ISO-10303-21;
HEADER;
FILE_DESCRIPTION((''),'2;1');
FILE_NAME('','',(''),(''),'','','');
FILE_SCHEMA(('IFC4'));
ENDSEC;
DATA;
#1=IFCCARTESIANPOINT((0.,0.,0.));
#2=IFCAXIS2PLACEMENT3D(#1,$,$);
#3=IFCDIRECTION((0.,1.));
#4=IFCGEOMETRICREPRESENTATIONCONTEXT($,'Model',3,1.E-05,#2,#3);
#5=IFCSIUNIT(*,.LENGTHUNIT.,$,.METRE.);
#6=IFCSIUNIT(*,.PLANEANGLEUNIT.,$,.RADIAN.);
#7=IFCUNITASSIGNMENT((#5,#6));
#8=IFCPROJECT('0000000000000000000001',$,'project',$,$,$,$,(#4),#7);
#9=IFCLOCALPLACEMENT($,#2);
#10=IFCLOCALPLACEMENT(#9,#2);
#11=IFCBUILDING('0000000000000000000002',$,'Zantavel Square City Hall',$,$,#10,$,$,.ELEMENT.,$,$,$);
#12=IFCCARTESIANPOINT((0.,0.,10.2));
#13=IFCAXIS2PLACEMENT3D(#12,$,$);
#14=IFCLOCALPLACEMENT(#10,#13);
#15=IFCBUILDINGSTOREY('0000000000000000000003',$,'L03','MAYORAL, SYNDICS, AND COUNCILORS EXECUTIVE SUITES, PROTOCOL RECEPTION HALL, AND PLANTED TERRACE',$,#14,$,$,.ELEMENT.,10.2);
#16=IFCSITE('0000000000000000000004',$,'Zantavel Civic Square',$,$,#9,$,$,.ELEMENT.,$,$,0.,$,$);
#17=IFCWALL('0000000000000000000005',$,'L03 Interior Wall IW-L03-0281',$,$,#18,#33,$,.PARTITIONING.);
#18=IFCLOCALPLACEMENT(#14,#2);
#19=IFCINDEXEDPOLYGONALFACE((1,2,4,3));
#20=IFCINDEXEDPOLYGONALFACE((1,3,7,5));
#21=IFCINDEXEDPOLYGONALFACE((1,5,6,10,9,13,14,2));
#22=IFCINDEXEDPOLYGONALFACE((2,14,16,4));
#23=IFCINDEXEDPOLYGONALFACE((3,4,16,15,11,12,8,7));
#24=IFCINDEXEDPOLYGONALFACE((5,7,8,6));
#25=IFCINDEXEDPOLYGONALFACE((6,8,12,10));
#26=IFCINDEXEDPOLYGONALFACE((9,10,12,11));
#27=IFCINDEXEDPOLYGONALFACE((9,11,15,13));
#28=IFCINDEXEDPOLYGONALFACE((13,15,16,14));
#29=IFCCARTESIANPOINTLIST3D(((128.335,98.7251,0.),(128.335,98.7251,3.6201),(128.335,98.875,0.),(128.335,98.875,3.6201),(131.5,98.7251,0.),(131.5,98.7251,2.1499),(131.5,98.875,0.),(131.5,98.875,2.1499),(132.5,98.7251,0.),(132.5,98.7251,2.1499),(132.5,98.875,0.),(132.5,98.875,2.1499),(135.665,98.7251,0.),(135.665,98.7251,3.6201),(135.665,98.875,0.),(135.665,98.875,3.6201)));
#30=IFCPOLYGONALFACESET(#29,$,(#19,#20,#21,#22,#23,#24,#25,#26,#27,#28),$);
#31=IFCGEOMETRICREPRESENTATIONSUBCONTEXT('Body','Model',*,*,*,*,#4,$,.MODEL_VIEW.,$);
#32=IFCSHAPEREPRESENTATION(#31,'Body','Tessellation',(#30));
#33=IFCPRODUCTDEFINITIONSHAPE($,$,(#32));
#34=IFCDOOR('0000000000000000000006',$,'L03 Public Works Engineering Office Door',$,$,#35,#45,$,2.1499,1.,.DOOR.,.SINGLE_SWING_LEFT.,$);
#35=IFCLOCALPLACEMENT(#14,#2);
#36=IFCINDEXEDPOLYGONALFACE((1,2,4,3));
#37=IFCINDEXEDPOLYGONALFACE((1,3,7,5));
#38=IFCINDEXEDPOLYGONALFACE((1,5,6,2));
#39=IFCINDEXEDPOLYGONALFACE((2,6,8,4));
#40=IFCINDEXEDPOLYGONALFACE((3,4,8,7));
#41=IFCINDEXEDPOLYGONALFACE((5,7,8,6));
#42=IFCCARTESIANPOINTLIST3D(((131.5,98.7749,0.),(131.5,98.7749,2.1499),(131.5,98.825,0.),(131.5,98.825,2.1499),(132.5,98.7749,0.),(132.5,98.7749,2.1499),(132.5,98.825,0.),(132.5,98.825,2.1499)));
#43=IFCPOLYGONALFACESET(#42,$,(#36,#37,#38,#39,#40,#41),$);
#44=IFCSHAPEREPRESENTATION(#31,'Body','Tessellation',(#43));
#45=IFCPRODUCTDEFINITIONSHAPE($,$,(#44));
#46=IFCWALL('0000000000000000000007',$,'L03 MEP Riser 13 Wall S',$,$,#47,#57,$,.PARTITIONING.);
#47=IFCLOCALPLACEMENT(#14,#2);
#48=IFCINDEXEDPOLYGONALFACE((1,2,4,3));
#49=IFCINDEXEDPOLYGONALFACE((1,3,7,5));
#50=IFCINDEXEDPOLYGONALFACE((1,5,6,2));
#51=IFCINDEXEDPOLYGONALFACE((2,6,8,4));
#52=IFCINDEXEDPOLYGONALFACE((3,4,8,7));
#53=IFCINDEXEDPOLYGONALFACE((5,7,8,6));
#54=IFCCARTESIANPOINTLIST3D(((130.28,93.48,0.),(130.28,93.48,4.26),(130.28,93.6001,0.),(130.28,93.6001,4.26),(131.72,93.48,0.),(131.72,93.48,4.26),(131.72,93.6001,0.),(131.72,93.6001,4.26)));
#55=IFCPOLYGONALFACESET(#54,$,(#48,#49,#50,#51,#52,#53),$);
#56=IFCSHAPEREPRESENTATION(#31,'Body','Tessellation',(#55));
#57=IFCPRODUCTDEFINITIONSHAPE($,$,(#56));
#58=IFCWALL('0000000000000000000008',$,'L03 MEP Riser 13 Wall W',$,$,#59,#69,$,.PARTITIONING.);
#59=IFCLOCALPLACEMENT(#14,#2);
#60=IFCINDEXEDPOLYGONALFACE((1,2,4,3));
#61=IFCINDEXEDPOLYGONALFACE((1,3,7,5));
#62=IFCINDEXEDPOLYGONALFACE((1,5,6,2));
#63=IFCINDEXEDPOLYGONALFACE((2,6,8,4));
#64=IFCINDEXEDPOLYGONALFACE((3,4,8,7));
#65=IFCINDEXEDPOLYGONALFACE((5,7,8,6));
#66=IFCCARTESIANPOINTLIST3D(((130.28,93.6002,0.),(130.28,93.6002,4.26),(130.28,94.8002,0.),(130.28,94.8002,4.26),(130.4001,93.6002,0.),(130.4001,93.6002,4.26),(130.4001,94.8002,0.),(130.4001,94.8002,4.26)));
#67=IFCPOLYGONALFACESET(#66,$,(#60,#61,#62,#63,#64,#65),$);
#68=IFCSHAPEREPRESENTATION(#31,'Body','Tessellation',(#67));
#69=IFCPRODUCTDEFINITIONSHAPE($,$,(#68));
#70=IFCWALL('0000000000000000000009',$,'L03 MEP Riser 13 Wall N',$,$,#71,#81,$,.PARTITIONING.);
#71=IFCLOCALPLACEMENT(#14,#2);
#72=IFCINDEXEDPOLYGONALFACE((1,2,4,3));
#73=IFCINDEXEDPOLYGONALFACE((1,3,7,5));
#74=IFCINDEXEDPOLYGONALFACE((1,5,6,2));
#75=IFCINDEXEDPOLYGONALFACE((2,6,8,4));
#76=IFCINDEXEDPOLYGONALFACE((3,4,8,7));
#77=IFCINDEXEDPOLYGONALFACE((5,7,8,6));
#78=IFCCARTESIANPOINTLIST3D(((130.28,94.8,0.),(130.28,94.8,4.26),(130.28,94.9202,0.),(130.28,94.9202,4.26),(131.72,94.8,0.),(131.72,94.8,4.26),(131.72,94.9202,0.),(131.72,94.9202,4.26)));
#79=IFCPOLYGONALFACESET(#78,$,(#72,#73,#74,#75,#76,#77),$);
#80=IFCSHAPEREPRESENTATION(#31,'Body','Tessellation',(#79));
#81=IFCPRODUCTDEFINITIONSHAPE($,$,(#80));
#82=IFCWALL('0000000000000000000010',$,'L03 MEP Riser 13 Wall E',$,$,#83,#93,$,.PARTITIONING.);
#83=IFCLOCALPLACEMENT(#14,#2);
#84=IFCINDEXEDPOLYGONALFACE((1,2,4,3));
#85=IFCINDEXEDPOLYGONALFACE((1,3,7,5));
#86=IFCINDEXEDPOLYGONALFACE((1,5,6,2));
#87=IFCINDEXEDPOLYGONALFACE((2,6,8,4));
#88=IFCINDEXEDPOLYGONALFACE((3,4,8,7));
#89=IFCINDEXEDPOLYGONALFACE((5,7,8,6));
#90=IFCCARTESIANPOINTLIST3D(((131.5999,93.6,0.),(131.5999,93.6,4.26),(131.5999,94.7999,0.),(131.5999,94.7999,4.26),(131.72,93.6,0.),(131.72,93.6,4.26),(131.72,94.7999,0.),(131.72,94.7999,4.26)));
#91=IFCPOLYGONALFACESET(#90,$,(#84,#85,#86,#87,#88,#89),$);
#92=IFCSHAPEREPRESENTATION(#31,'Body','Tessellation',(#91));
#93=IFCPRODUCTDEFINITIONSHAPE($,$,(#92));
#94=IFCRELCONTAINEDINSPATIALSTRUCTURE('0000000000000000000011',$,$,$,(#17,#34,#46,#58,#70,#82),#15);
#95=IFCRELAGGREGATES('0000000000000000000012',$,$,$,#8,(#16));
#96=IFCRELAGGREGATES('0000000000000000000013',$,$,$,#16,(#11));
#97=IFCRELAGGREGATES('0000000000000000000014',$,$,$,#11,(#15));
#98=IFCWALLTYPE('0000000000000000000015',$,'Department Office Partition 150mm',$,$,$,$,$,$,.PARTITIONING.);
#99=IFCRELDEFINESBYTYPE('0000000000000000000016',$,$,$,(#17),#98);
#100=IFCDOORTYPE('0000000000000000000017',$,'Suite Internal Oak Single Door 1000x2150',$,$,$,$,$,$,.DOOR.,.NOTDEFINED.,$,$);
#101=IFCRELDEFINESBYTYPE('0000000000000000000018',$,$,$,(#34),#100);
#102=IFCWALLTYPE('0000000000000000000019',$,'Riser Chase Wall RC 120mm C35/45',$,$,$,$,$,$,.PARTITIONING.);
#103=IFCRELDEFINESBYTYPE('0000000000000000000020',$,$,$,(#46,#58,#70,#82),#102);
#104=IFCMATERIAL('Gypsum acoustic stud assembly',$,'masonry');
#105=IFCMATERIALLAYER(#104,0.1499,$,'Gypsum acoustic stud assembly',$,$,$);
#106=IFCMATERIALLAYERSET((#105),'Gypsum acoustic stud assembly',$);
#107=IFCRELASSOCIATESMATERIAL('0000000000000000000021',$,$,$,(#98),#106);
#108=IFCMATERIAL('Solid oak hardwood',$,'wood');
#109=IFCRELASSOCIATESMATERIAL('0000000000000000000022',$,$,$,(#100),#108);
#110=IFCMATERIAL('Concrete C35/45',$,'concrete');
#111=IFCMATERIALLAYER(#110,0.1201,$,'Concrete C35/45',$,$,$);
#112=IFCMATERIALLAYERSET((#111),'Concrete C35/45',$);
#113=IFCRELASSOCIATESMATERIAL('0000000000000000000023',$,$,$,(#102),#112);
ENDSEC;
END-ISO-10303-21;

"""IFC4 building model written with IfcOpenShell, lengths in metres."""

from ifc_helpers import new_model, si_unit, direction, frame, frame_2d, origin, place, context, subcontext, project, spatial, rectangle, extrude, material, layer, layer_set, type_object, element, fill, save


model = new_model("IFC4")

# Units and contexts
model_context = context("Model", 3, precision=1e-05, world=origin(), true_north=direction((0.0, 1.0)))
body_context = subcontext(model_context, "Body", "Model", "MODEL_VIEW")
ifc_project = project(units=[si_unit("LENGTHUNIT", "METRE"), si_unit("PLANEANGLEUNIT", "RADIAN")], contexts=[model_context])

# Site, building, storey
site_placement = place(None, origin())
site = spatial("IfcSite", under=ifc_project, at=site_placement, Name="Zantavel Civic Square", CompositionType="ELEMENT", RefElevation=0.0)
building_placement = place(site_placement, origin())
building = spatial("IfcBuilding", under=site, at=building_placement, Name="Zantavel Square City Hall", CompositionType="ELEMENT")
storey_placement = place(building_placement, frame((0.0, 0.0, 10.2)))
storey = spatial("IfcBuildingStorey", under=building, at=storey_placement, Name="L03", Description="MAYORAL, SYNDICS, AND COUNCILORS EXECUTIVE SUITES, PROTOCOL RECEPTION HALL, AND PLANTED TERRACE", CompositionType="ELEMENT", Elevation=10.2)

# Shared definitions
ifc_material_1 = material(Name="Concrete C35/45", Category="concrete")

# Wall, opening, door
ifc_material_2 = material(Name="Gypsum acoustic stud assembly", Category="masonry")
ifc_layer_1 = layer(ifc_material_2, 0.1499, Name="Gypsum acoustic stud assembly")
ifc_layer_set_1 = layer_set([ifc_layer_1], Name="Gypsum acoustic stud assembly")
wall_type_1 = type_object("IfcWallType", Name="Department Office Partition 150mm", PredefinedType="PARTITIONING", material=ifc_layer_set_1)
wall_1_placement = place(storey_placement, frame((128.335, 98.8, 0.0), z_axis=(0.0, 0.0, 1.0), x_axis=(1.0, 0.0, 0.0)))
wall_1 = element("IfcWall", 1, at=wall_1_placement, inside=storey, type_object=wall_type_1, Name="L03 Interior Wall IW-L03-0281", PredefinedType="PARTITIONING", context=body_context, shape_type="SweptSolid", body=[
    extrude(rectangle(XDim=7.3301, YDim=0.1499, at=frame_2d((3.665, 0.0))), origin(), (0.0, 0.0, 1.0), 3.6201),
])
opening_1_placement = place(wall_1_placement, frame((3.165, 0.0, 0.0)))
opening_1 = element("IfcOpeningElement", 2, at=opening_1_placement, cuts=wall_1, PredefinedType="OPENING", context=body_context, shape_type="SweptSolid", body=[
    extrude(rectangle(XDim=1.0, YDim=2.1499, at=frame_2d((0.5, 1.075))), frame((0.0, 0.085, 0.0), z_axis=(0.0, -1.0, 0.0), x_axis=(1.0, 0.0, 0.0)), (0.0, 0.0, 1.0), 0.1699),
])
ifc_material_3 = material(Name="Solid oak hardwood", Category="wood")
door_type = type_object("IfcDoorType", Name="Suite Internal Oak Single Door 1000x2150", OperationType="NOTDEFINED", PredefinedType="DOOR", material=ifc_material_3)
door_placement = place(opening_1_placement, origin())
door = element("IfcDoor", 3, at=door_placement, inside=storey, type_object=door_type, Name="L03 Public Works Engineering Office Door", OperationType="SINGLE_SWING_LEFT", OverallHeight=2.1499, OverallWidth=1.0, PredefinedType="DOOR", context=body_context, shape_type="SweptSolid", body=[
    extrude(rectangle(XDim=1.0, YDim=2.1499, at=frame_2d((0.5, 1.075))), frame((0.0, 0.0249, 0.0), z_axis=(0.0, -1.0, 0.0), x_axis=(1.0, 0.0, 0.0)), (0.0, 0.0, 1.0), 0.05),
])
fill(opening_1, door)

# Walls
ifc_layer_2 = layer(ifc_material_1, 0.1201, Name="Concrete C35/45")
ifc_layer_set_2 = layer_set([ifc_layer_2], Name="Concrete C35/45")
wall_type_2 = type_object("IfcWallType", Name="Riser Chase Wall RC 120mm C35/45", PredefinedType="PARTITIONING", material=ifc_layer_set_2)
wall_2_placement = place(storey_placement, frame((131.72, 93.54, 0.0), z_axis=(0.0, 0.0, 1.0), x_axis=(-1.0, 0.0, 0.0)))
element("IfcWall", 4, at=wall_2_placement, inside=storey, type_object=wall_type_2, Name="L03 MEP Riser 13 Wall S", PredefinedType="PARTITIONING", context=body_context, shape_type="SweptSolid", body=[
    extrude(rectangle(XDim=1.4399, YDim=0.1201, at=frame_2d((0.72, 0.0))), origin(), (0.0, 0.0, 1.0), 4.26),
])
wall_3_placement = place(storey_placement, frame((130.3401, 93.6001, 0.0), z_axis=(0.0, 0.0, 1.0), x_axis=(0.0, 1.0, 0.0)))
element("IfcWall", 5, at=wall_3_placement, inside=storey, type_object=wall_type_2, Name="L03 MEP Riser 13 Wall W", PredefinedType="PARTITIONING", context=body_context, shape_type="SweptSolid", body=[
    extrude(rectangle(XDim=1.2, YDim=0.1201, at=frame_2d((0.6001, 0.0))), origin(), (0.0, 0.0, 1.0), 4.26),
])
wall_4_placement = place(storey_placement, frame((130.28, 94.8601, 0.0), z_axis=(0.0, 0.0, 1.0), x_axis=(1.0, 0.0, 0.0)))
element("IfcWall", 6, at=wall_4_placement, inside=storey, type_object=wall_type_2, Name="L03 MEP Riser 13 Wall N", PredefinedType="PARTITIONING", context=body_context, shape_type="SweptSolid", body=[
    extrude(rectangle(XDim=1.4399, YDim=0.1201, at=frame_2d((0.72, 0.0))), origin(), (0.0, 0.0, 1.0), 4.26),
])
wall_5_placement = place(storey_placement, frame((131.6599, 94.8, 0.0), z_axis=(0.0, 0.0, 1.0), x_axis=(0.0, -1.0, 0.0)))
element("IfcWall", 7, at=wall_5_placement, inside=storey, type_object=wall_type_2, Name="L03 MEP Riser 13 Wall E", PredefinedType="PARTITIONING", context=body_context, shape_type="SweptSolid", body=[
    extrude(rectangle(XDim=1.2, YDim=0.1201, at=frame_2d((0.6001, 0.0))), origin(), (0.0, 0.0, 1.0), 4.26),
])

save(model, "model.ifc")
